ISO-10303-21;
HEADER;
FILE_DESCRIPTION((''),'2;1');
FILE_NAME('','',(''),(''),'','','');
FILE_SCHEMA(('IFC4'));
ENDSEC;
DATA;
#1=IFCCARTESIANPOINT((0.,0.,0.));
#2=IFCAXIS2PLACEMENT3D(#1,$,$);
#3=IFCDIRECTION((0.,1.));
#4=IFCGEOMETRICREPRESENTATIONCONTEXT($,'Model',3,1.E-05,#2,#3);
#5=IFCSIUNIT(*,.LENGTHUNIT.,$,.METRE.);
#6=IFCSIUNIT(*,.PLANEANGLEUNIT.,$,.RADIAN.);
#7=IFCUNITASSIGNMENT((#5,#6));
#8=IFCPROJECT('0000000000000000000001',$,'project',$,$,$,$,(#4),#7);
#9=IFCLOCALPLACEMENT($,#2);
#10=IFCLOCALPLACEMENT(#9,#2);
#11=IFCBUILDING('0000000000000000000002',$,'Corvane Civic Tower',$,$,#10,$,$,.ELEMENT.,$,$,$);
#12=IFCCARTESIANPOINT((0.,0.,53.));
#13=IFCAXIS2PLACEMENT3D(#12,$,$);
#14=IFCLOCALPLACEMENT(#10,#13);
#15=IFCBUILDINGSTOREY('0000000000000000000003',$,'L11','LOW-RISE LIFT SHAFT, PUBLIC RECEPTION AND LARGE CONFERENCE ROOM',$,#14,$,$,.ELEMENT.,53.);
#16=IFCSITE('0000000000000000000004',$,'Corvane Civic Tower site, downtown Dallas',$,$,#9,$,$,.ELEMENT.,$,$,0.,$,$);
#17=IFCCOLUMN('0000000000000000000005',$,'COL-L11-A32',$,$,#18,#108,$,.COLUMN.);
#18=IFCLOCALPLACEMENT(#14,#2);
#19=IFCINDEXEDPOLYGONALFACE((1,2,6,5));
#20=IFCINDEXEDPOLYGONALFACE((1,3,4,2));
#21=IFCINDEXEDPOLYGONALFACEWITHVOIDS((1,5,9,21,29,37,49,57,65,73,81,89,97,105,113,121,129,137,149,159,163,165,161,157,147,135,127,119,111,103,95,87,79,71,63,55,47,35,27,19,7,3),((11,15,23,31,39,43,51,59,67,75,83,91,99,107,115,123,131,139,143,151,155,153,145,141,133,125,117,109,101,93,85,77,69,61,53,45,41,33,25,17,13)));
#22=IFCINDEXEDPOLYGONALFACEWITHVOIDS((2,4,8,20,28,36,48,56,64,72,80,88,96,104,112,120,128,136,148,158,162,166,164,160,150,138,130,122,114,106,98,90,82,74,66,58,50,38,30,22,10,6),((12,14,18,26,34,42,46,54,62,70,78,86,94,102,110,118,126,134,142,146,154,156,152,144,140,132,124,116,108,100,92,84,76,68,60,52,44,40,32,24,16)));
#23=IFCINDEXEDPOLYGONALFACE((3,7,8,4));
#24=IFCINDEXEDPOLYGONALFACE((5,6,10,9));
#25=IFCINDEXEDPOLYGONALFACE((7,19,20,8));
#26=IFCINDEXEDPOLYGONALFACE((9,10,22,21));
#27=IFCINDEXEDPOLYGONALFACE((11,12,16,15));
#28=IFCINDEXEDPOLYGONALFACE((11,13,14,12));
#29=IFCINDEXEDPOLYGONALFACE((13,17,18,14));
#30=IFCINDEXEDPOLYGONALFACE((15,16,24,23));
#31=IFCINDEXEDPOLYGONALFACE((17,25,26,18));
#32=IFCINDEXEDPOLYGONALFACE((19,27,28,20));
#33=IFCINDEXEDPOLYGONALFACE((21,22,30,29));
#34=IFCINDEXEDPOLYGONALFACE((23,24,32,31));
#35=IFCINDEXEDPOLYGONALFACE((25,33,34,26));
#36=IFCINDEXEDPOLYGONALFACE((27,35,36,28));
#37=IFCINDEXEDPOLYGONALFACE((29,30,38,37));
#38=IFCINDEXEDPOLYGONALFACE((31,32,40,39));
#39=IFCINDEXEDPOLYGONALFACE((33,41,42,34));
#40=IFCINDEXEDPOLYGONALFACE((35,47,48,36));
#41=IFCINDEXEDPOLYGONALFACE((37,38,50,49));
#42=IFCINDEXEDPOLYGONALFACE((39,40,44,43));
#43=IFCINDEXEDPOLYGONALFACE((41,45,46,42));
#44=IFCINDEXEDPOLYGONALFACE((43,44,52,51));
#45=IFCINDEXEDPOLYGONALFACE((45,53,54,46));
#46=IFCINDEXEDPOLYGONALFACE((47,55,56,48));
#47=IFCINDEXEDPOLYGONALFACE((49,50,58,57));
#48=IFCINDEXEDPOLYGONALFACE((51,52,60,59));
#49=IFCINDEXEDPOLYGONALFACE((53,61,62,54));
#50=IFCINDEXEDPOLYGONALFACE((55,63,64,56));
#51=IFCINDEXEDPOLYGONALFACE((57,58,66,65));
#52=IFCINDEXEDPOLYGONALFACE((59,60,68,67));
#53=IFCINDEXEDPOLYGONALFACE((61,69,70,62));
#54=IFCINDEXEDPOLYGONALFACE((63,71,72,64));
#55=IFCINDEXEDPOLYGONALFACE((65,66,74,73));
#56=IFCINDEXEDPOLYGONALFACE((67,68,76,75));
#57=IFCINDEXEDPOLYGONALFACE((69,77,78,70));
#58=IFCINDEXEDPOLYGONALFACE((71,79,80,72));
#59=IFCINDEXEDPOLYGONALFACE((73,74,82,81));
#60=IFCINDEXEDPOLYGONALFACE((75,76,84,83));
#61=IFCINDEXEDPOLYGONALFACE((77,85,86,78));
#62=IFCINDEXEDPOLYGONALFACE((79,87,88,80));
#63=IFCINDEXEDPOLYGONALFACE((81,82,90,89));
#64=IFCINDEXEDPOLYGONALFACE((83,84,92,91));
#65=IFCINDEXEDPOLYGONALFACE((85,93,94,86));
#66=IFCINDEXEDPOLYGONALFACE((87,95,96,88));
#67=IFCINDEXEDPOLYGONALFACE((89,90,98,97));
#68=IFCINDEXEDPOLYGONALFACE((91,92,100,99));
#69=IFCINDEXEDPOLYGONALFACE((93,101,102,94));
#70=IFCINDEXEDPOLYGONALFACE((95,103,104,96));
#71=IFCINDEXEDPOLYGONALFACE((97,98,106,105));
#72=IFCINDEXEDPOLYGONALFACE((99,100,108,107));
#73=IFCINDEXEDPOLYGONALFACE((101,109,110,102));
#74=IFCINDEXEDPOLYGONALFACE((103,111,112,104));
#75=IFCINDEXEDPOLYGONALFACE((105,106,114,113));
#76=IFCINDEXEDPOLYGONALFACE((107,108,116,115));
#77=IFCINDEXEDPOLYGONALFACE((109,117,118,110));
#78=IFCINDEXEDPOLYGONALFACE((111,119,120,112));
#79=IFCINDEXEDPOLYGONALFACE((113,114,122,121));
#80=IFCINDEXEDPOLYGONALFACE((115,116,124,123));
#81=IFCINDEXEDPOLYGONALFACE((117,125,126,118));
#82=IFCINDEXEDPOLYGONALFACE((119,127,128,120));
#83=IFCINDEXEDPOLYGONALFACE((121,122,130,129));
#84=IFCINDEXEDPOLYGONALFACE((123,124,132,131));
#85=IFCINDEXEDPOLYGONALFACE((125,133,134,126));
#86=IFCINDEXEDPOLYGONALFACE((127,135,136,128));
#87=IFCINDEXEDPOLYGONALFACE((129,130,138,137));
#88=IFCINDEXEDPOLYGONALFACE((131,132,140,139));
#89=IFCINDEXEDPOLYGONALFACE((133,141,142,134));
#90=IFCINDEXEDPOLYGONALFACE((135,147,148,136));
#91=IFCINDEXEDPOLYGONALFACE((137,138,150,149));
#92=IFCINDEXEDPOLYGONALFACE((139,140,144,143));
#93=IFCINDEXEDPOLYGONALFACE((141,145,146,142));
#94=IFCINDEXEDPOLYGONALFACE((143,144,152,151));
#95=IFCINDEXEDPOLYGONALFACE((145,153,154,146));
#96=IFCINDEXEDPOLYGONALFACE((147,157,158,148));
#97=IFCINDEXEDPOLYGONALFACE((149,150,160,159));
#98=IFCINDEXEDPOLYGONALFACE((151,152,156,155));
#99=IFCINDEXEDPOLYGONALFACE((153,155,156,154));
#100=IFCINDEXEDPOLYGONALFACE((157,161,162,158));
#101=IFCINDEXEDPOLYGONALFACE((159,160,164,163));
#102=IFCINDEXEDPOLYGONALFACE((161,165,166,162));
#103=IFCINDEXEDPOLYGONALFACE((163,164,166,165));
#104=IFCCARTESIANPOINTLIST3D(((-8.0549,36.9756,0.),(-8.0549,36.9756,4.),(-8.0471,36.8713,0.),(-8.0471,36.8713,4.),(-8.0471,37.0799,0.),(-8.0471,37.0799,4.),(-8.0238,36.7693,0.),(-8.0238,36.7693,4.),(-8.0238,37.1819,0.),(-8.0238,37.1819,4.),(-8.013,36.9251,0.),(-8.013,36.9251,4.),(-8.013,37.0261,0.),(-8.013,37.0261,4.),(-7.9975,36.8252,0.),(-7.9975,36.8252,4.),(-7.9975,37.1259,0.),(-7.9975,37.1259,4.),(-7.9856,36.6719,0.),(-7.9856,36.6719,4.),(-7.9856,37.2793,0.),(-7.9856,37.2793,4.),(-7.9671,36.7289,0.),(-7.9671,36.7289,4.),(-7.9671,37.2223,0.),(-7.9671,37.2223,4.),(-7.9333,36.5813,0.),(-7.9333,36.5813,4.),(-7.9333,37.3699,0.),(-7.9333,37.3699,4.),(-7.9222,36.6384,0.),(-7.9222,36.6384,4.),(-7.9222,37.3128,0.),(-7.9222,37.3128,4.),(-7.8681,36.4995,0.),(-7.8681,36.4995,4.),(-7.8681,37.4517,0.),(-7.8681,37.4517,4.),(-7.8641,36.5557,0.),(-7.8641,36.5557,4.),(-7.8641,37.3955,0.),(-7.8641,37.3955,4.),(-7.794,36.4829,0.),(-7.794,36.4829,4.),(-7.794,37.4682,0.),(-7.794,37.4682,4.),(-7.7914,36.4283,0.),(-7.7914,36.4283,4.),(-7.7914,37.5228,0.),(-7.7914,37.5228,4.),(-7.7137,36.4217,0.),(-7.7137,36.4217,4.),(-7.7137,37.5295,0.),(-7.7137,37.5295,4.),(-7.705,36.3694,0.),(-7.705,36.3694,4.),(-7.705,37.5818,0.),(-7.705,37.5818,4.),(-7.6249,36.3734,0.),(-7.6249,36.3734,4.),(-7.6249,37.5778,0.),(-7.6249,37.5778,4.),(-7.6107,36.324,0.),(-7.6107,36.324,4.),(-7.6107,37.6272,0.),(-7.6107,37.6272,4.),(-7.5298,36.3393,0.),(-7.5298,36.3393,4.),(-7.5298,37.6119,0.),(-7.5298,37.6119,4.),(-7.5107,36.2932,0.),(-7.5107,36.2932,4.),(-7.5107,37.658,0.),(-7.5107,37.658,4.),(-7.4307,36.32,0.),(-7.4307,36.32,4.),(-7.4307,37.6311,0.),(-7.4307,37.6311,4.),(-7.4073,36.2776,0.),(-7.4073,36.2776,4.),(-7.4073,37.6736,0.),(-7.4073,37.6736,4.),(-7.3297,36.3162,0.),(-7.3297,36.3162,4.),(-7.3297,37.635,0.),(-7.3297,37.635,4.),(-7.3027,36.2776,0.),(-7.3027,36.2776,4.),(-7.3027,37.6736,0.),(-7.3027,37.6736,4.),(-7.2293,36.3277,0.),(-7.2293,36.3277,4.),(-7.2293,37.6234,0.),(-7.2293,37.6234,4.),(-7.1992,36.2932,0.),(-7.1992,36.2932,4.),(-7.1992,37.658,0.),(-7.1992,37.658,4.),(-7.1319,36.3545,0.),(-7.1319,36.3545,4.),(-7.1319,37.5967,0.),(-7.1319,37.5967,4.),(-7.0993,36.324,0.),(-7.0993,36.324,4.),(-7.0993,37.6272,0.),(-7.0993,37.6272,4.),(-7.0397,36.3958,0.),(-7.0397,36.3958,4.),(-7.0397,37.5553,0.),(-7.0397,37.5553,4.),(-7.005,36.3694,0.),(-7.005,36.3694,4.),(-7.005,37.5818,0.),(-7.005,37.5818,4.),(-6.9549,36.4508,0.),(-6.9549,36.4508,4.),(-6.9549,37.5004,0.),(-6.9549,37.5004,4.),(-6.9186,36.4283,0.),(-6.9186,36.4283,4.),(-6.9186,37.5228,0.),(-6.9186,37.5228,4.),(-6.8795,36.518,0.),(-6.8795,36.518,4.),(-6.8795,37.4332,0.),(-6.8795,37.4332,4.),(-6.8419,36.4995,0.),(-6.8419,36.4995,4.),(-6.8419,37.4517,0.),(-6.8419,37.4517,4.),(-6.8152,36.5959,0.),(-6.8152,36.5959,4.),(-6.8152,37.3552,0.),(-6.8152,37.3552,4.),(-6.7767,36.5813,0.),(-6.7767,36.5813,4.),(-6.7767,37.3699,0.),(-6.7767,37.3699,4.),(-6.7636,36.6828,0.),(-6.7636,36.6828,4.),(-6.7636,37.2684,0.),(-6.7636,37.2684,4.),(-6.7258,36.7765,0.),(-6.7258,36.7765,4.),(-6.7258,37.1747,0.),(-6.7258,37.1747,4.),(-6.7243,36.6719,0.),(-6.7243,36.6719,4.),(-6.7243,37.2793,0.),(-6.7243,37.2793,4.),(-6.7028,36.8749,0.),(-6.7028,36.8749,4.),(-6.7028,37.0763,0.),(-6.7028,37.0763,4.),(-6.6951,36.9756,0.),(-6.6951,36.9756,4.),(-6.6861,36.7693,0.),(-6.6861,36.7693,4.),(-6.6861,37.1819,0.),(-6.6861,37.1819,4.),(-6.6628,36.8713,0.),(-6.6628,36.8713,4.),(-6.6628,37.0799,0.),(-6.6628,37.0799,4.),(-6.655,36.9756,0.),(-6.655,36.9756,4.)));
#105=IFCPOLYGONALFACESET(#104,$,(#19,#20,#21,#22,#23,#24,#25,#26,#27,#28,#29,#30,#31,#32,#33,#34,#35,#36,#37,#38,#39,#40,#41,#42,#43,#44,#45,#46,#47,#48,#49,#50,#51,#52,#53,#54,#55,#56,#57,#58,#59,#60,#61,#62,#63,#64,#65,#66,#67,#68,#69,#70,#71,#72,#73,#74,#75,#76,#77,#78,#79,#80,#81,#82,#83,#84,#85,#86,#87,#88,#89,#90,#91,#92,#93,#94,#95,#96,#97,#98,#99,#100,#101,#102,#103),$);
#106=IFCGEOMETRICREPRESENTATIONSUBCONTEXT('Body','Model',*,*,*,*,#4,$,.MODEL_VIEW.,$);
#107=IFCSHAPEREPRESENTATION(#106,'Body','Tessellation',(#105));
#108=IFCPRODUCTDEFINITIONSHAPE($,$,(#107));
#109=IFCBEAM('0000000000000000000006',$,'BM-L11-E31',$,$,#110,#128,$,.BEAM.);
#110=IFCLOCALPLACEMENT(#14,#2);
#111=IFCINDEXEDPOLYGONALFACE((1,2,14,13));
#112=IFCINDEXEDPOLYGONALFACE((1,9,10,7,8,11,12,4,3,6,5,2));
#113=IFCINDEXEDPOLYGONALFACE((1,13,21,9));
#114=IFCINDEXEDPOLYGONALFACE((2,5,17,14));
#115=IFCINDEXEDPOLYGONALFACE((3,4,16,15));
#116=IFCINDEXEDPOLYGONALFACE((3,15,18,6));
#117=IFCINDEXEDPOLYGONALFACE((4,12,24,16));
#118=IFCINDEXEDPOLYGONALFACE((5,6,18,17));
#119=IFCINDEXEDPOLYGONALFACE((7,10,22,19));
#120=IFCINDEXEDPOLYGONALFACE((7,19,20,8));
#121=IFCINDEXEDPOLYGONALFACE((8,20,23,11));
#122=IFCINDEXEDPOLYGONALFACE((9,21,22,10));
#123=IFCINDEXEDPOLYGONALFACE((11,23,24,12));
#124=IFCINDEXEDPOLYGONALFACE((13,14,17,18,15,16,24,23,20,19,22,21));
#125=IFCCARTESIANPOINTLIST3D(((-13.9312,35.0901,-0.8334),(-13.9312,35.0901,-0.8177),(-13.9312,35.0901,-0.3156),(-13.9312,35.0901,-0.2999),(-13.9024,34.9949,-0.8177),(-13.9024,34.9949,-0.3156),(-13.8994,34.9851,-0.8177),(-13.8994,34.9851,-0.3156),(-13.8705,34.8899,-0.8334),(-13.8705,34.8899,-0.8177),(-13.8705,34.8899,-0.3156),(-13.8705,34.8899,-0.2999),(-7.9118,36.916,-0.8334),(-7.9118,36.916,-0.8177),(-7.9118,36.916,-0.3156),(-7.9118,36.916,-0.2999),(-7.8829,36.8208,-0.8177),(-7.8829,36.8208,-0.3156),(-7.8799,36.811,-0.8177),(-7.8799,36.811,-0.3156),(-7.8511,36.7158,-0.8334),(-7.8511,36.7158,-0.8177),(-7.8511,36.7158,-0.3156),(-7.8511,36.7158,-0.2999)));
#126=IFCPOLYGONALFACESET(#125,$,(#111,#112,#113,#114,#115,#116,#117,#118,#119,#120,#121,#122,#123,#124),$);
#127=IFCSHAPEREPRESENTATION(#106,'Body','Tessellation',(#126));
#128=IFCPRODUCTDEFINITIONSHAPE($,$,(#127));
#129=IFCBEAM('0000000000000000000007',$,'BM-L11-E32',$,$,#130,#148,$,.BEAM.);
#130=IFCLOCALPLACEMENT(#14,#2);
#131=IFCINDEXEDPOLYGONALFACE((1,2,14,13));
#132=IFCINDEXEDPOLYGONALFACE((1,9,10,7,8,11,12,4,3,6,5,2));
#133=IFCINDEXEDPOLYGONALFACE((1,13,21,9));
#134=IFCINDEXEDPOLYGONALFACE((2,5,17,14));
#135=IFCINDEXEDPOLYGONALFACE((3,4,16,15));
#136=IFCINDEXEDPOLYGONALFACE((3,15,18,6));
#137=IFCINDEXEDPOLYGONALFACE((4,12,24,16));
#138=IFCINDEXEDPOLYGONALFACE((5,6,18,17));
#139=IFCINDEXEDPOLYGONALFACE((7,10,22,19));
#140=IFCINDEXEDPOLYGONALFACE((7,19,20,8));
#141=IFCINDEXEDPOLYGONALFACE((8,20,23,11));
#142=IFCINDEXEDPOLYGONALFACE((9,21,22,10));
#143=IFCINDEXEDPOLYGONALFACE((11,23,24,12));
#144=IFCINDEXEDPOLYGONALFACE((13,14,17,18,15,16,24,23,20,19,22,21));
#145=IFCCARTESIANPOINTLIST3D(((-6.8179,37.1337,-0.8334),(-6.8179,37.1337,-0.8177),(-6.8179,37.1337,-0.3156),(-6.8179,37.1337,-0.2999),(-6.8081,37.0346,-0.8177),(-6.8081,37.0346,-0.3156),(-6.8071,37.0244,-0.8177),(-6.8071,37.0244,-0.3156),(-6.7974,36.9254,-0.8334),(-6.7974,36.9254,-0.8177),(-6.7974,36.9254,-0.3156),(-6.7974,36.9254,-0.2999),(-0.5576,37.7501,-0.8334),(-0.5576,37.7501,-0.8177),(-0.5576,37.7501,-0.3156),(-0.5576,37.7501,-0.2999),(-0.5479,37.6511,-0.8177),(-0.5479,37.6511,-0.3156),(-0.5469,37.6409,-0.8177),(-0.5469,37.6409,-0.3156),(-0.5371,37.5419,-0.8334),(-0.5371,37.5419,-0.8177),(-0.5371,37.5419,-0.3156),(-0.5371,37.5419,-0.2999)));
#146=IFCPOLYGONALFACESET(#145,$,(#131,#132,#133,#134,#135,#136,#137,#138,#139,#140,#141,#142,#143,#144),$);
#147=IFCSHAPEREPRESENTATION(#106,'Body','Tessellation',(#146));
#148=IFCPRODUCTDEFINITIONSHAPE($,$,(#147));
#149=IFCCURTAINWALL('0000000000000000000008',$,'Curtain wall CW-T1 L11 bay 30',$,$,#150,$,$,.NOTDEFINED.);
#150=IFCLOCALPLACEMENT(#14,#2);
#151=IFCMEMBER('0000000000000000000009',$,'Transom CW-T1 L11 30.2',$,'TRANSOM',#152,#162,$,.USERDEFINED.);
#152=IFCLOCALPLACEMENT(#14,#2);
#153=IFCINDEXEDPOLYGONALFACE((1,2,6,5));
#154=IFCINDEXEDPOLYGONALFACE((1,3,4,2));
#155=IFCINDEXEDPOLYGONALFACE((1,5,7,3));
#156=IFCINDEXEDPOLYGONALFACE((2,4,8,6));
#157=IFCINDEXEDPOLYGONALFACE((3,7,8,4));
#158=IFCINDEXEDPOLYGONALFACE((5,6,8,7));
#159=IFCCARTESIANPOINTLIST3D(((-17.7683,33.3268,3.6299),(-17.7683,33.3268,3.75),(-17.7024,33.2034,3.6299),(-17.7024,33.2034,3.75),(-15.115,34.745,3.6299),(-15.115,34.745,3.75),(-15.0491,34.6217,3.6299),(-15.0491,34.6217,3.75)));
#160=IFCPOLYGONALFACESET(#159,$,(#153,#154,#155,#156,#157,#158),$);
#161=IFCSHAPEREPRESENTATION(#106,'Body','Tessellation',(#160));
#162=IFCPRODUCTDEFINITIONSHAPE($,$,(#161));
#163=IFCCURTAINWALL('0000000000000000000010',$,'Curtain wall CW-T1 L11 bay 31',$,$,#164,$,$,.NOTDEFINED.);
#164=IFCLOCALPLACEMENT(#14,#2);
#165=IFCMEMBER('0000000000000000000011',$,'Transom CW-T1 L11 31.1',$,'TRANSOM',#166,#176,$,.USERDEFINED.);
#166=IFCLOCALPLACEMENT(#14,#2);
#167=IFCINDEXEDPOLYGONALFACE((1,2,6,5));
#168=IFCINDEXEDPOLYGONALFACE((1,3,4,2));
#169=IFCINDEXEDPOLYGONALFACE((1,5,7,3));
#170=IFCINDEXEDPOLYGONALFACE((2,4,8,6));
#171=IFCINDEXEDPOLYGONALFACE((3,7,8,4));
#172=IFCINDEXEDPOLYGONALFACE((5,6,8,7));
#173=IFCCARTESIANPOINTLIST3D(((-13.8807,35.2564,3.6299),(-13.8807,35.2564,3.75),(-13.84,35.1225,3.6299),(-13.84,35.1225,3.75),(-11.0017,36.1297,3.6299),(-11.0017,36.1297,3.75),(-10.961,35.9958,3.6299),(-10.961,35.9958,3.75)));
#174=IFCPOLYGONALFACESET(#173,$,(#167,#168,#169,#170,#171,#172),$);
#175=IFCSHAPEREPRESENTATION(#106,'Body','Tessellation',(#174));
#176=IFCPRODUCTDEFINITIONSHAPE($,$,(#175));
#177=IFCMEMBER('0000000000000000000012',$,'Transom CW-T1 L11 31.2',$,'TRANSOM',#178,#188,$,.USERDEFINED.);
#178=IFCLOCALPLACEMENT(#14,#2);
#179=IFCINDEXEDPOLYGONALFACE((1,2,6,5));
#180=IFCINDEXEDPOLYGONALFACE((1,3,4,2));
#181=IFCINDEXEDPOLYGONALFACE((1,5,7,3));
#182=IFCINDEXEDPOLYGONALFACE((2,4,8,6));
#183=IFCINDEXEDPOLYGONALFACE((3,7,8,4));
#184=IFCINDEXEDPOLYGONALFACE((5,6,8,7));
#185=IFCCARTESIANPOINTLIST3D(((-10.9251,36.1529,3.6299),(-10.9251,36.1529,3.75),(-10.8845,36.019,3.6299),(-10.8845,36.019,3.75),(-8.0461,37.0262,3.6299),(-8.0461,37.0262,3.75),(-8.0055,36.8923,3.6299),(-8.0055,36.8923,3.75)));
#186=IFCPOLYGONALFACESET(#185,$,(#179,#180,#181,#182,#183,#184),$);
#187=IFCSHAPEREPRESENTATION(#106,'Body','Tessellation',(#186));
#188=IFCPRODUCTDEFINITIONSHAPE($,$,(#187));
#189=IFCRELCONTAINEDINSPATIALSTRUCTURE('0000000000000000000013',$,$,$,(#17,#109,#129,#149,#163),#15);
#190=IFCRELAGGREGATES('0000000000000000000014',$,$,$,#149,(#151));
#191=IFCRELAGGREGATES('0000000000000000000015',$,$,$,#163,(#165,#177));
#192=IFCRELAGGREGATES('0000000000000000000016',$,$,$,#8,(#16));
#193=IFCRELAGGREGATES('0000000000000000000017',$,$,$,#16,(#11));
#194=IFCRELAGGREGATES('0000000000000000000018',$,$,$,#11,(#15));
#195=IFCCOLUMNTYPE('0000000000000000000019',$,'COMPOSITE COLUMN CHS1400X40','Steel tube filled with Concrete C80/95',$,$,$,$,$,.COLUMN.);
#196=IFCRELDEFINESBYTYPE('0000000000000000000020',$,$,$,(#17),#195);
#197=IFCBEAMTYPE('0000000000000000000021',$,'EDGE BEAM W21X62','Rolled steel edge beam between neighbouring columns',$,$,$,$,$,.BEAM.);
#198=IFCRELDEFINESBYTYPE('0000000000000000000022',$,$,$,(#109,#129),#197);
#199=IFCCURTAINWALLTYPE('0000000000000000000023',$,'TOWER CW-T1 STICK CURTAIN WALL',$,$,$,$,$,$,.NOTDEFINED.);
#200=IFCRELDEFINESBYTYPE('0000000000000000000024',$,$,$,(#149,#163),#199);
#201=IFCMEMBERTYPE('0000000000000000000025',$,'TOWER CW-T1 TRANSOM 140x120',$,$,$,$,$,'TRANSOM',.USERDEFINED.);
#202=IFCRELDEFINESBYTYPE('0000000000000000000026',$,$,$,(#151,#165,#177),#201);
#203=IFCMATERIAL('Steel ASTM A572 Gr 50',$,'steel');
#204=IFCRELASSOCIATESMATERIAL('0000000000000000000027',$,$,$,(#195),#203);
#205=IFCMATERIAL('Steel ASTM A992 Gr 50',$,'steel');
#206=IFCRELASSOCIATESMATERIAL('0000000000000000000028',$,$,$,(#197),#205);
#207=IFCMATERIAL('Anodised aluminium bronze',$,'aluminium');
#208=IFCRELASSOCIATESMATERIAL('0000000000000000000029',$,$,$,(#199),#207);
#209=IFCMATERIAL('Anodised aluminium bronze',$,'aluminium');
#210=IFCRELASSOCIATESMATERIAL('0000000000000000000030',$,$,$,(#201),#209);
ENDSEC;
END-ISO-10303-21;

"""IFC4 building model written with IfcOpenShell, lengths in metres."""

from ifc_helpers import new_model, si_unit, direction, frame, origin, origin_2d, place, context, subcontext, project, spatial, rectangle, hollow_circle, i_section, extrude, material, material_profile, profile_set, type_object, element, aggregate, save


model = new_model("IFC4")

# Units and contexts
model_context = context("Model", 3, precision=1e-05, world=origin(), true_north=direction((0.0, 1.0)))
body_context = subcontext(model_context, "Body", "Model", "MODEL_VIEW")
ifc_project = project(units=[si_unit("LENGTHUNIT", "METRE"), si_unit("PLANEANGLEUNIT", "RADIAN")], contexts=[model_context])

# Site, building, storey
site_placement = place(None, origin())
site = spatial("IfcSite", under=ifc_project, at=site_placement, Name="Corvane Civic Tower site, downtown Dallas", CompositionType="ELEMENT", RefElevation=0.0)
building_placement = place(site_placement, origin())
building = spatial("IfcBuilding", under=site, at=building_placement, Name="Corvane Civic Tower", CompositionType="ELEMENT")
storey_placement = place(building_placement, frame((0.0, 0.0, 53.0)))
storey = spatial("IfcBuildingStorey", under=building, at=storey_placement, Name="L11", Description="LOW-RISE LIFT SHAFT, PUBLIC RECEPTION AND LARGE CONFERENCE ROOM", CompositionType="ELEMENT", Elevation=53.0)

# Column
ifc_material_1 = material(Name="Steel ASTM A572 Gr 50", Category="steel")
ifc_material_profile_1 = material_profile(ifc_material_1, hollow_circle(Radius=0.7, WallThickness=0.04, at=origin_2d()), Name="CHS1400X40")
ifc_profile_set_1 = profile_set([ifc_material_profile_1], Name="Steel ASTM A572 Gr 50")
column_type = type_object("IfcColumnType", Name="COMPOSITE COLUMN CHS1400X40", Description="Steel tube filled with Concrete C80/95", PredefinedType="COLUMN", material=ifc_profile_set_1)
for number, where, z_axis, x_axis, name in (
    (1, (-7.355, 36.9756, 0.0), (0.0, 0.0, 1.0), (1.0, 0.0, 0.0), "COL-L11-A32"),
):
    element("IfcColumn", number, at=place(storey_placement, frame(where, z_axis=z_axis, x_axis=x_axis)), inside=storey, type_object=column_type, Name=name, PredefinedType="COLUMN", context=body_context, shape_type="SweptSolid", body=[
        extrude(hollow_circle(Radius=0.7, WallThickness=0.04, at=origin_2d()), origin(), (0.0, 0.0, 1.0), 4.0),
    ])

# Beams
ifc_material_2 = material(Name="Steel ASTM A992 Gr 50", Category="steel")
ifc_material_profile_2 = material_profile(ifc_material_2, i_section(OverallWidth=0.2092, OverallDepth=0.5334, WebThickness=0.0103, FlangeThickness=0.0156, at=origin_2d()), Name="W21X62")
ifc_profile_set_2 = profile_set([ifc_material_profile_2], Name="Steel ASTM A992 Gr 50")
beam_type = type_object("IfcBeamType", Name="EDGE BEAM W21X62", Description="Rolled steel edge beam between neighbouring columns", PredefinedType="BEAM", material=ifc_profile_set_2)
beam_1_placement = place(storey_placement, frame((-13.9009, 34.99, -0.5667), z_axis=(0.956944, 0.290273, 0.0), x_axis=(-0.290273, 0.956944, 0.0)))
element("IfcBeam", 2, at=beam_1_placement, inside=storey, type_object=beam_type, Name="BM-L11-E31", PredefinedType="BEAM", context=body_context, shape_type="SweptSolid", body=[
    extrude(i_section(OverallWidth=0.2092, OverallDepth=0.5334, WebThickness=0.0103, FlangeThickness=0.0156, at=origin_2d()), origin(), (0.0, 0.0, 1.0), 6.2903),
])
beam_2_placement = place(storey_placement, frame((-6.8076, 37.0295, -0.5667), z_axis=(0.995187, 0.097997, 0.0), x_axis=(-0.097997, 0.995187, 0.0)))
element("IfcBeam", 3, at=beam_2_placement, inside=storey, type_object=beam_type, Name="BM-L11-E32", PredefinedType="BEAM", context=body_context, shape_type="SweptSolid", body=[
    extrude(i_section(OverallWidth=0.2092, OverallDepth=0.5334, WebThickness=0.0103, FlangeThickness=0.0156, at=origin_2d()), origin(), (0.0, 0.0, 1.0), 6.2905),
])

# Curtain wall, member
ifc_material_3 = material(Name="Anodised aluminium bronze", Category="aluminium")
curtain_wall_type = type_object("IfcCurtainWallType", Name="TOWER CW-T1 STICK CURTAIN WALL", PredefinedType="NOTDEFINED", material=ifc_material_3)
curtain_wall_1_placement = place(storey_placement, origin())
curtain_wall_1 = element("IfcCurtainWall", 4, at=curtain_wall_1_placement, inside=storey, type_object=curtain_wall_type, Name="Curtain wall CW-T1 L11 bay 30", PredefinedType="NOTDEFINED")
ifc_material_4 = material(Name="Anodised aluminium bronze", Category="aluminium")
ifc_material_profile_3 = material_profile(ifc_material_4, rectangle(XDim=0.1399, YDim=0.1201, at=origin_2d()), Name="TOWER CW-T1 TRANSOM 140x120")
ifc_profile_set_3 = profile_set([ifc_material_profile_3], Name="Anodised aluminium bronze")
member_type_1 = type_object("IfcMemberType", Name="TOWER CW-T1 TRANSOM 140x120", ElementType="TRANSOM", PredefinedType="USERDEFINED", material=ifc_profile_set_3)
member_1_placement = place(storey_placement, frame((-17.7354, 33.2651, 3.6899), z_axis=(0.881924, 0.471393, 0.0), x_axis=(-0.471393, 0.881924, 0.0)))
member_1 = element("IfcMember", 5, at=member_1_placement, type_object=member_type_1, Name="Transom CW-T1 L11 30.2", ObjectType="TRANSOM", PredefinedType="USERDEFINED", context=body_context, shape_type="SweptSolid", body=[
    extrude(rectangle(XDim=0.1399, YDim=0.1201, at=origin_2d()), origin(), (0.0, 0.0, 1.0), 3.0085),
])

# Curtain wall, members
curtain_wall_2_placement = place(storey_placement, origin())
curtain_wall_2 = element("IfcCurtainWall", 6, at=curtain_wall_2_placement, inside=storey, type_object=curtain_wall_type, Name="Curtain wall CW-T1 L11 bay 31", PredefinedType="NOTDEFINED")
member_2_placement = place(storey_placement, frame((-13.8604, 35.1895, 3.6899), z_axis=(0.956942, 0.29028, 0.0), x_axis=(-0.29028, 0.956942, 0.0)))
member_2 = element("IfcMember", 7, at=member_2_placement, type_object=member_type_1, Name="Transom CW-T1 L11 31.1", ObjectType="TRANSOM", PredefinedType="USERDEFINED", context=body_context, shape_type="SweptSolid", body=[
    extrude(rectangle(XDim=0.1399, YDim=0.1201, at=origin_2d()), origin(), (0.0, 0.0, 1.0), 3.0085),
])
member_3_placement = place(storey_placement, frame((-10.9048, 36.0859, 3.6899), z_axis=(0.956942, 0.29028, 0.0), x_axis=(-0.29028, 0.956942, 0.0)))
member_3 = element("IfcMember", 8, at=member_3_placement, type_object=member_type_1, Name="Transom CW-T1 L11 31.2", ObjectType="TRANSOM", PredefinedType="USERDEFINED", context=body_context, shape_type="SweptSolid", body=[
    extrude(rectangle(XDim=0.1399, YDim=0.1201, at=origin_2d()), origin(), (0.0, 0.0, 1.0), 3.0085),
])

aggregate(curtain_wall_1, [member_1])
aggregate(curtain_wall_2, [member_2, member_3])

save(model, "model.ifc")
